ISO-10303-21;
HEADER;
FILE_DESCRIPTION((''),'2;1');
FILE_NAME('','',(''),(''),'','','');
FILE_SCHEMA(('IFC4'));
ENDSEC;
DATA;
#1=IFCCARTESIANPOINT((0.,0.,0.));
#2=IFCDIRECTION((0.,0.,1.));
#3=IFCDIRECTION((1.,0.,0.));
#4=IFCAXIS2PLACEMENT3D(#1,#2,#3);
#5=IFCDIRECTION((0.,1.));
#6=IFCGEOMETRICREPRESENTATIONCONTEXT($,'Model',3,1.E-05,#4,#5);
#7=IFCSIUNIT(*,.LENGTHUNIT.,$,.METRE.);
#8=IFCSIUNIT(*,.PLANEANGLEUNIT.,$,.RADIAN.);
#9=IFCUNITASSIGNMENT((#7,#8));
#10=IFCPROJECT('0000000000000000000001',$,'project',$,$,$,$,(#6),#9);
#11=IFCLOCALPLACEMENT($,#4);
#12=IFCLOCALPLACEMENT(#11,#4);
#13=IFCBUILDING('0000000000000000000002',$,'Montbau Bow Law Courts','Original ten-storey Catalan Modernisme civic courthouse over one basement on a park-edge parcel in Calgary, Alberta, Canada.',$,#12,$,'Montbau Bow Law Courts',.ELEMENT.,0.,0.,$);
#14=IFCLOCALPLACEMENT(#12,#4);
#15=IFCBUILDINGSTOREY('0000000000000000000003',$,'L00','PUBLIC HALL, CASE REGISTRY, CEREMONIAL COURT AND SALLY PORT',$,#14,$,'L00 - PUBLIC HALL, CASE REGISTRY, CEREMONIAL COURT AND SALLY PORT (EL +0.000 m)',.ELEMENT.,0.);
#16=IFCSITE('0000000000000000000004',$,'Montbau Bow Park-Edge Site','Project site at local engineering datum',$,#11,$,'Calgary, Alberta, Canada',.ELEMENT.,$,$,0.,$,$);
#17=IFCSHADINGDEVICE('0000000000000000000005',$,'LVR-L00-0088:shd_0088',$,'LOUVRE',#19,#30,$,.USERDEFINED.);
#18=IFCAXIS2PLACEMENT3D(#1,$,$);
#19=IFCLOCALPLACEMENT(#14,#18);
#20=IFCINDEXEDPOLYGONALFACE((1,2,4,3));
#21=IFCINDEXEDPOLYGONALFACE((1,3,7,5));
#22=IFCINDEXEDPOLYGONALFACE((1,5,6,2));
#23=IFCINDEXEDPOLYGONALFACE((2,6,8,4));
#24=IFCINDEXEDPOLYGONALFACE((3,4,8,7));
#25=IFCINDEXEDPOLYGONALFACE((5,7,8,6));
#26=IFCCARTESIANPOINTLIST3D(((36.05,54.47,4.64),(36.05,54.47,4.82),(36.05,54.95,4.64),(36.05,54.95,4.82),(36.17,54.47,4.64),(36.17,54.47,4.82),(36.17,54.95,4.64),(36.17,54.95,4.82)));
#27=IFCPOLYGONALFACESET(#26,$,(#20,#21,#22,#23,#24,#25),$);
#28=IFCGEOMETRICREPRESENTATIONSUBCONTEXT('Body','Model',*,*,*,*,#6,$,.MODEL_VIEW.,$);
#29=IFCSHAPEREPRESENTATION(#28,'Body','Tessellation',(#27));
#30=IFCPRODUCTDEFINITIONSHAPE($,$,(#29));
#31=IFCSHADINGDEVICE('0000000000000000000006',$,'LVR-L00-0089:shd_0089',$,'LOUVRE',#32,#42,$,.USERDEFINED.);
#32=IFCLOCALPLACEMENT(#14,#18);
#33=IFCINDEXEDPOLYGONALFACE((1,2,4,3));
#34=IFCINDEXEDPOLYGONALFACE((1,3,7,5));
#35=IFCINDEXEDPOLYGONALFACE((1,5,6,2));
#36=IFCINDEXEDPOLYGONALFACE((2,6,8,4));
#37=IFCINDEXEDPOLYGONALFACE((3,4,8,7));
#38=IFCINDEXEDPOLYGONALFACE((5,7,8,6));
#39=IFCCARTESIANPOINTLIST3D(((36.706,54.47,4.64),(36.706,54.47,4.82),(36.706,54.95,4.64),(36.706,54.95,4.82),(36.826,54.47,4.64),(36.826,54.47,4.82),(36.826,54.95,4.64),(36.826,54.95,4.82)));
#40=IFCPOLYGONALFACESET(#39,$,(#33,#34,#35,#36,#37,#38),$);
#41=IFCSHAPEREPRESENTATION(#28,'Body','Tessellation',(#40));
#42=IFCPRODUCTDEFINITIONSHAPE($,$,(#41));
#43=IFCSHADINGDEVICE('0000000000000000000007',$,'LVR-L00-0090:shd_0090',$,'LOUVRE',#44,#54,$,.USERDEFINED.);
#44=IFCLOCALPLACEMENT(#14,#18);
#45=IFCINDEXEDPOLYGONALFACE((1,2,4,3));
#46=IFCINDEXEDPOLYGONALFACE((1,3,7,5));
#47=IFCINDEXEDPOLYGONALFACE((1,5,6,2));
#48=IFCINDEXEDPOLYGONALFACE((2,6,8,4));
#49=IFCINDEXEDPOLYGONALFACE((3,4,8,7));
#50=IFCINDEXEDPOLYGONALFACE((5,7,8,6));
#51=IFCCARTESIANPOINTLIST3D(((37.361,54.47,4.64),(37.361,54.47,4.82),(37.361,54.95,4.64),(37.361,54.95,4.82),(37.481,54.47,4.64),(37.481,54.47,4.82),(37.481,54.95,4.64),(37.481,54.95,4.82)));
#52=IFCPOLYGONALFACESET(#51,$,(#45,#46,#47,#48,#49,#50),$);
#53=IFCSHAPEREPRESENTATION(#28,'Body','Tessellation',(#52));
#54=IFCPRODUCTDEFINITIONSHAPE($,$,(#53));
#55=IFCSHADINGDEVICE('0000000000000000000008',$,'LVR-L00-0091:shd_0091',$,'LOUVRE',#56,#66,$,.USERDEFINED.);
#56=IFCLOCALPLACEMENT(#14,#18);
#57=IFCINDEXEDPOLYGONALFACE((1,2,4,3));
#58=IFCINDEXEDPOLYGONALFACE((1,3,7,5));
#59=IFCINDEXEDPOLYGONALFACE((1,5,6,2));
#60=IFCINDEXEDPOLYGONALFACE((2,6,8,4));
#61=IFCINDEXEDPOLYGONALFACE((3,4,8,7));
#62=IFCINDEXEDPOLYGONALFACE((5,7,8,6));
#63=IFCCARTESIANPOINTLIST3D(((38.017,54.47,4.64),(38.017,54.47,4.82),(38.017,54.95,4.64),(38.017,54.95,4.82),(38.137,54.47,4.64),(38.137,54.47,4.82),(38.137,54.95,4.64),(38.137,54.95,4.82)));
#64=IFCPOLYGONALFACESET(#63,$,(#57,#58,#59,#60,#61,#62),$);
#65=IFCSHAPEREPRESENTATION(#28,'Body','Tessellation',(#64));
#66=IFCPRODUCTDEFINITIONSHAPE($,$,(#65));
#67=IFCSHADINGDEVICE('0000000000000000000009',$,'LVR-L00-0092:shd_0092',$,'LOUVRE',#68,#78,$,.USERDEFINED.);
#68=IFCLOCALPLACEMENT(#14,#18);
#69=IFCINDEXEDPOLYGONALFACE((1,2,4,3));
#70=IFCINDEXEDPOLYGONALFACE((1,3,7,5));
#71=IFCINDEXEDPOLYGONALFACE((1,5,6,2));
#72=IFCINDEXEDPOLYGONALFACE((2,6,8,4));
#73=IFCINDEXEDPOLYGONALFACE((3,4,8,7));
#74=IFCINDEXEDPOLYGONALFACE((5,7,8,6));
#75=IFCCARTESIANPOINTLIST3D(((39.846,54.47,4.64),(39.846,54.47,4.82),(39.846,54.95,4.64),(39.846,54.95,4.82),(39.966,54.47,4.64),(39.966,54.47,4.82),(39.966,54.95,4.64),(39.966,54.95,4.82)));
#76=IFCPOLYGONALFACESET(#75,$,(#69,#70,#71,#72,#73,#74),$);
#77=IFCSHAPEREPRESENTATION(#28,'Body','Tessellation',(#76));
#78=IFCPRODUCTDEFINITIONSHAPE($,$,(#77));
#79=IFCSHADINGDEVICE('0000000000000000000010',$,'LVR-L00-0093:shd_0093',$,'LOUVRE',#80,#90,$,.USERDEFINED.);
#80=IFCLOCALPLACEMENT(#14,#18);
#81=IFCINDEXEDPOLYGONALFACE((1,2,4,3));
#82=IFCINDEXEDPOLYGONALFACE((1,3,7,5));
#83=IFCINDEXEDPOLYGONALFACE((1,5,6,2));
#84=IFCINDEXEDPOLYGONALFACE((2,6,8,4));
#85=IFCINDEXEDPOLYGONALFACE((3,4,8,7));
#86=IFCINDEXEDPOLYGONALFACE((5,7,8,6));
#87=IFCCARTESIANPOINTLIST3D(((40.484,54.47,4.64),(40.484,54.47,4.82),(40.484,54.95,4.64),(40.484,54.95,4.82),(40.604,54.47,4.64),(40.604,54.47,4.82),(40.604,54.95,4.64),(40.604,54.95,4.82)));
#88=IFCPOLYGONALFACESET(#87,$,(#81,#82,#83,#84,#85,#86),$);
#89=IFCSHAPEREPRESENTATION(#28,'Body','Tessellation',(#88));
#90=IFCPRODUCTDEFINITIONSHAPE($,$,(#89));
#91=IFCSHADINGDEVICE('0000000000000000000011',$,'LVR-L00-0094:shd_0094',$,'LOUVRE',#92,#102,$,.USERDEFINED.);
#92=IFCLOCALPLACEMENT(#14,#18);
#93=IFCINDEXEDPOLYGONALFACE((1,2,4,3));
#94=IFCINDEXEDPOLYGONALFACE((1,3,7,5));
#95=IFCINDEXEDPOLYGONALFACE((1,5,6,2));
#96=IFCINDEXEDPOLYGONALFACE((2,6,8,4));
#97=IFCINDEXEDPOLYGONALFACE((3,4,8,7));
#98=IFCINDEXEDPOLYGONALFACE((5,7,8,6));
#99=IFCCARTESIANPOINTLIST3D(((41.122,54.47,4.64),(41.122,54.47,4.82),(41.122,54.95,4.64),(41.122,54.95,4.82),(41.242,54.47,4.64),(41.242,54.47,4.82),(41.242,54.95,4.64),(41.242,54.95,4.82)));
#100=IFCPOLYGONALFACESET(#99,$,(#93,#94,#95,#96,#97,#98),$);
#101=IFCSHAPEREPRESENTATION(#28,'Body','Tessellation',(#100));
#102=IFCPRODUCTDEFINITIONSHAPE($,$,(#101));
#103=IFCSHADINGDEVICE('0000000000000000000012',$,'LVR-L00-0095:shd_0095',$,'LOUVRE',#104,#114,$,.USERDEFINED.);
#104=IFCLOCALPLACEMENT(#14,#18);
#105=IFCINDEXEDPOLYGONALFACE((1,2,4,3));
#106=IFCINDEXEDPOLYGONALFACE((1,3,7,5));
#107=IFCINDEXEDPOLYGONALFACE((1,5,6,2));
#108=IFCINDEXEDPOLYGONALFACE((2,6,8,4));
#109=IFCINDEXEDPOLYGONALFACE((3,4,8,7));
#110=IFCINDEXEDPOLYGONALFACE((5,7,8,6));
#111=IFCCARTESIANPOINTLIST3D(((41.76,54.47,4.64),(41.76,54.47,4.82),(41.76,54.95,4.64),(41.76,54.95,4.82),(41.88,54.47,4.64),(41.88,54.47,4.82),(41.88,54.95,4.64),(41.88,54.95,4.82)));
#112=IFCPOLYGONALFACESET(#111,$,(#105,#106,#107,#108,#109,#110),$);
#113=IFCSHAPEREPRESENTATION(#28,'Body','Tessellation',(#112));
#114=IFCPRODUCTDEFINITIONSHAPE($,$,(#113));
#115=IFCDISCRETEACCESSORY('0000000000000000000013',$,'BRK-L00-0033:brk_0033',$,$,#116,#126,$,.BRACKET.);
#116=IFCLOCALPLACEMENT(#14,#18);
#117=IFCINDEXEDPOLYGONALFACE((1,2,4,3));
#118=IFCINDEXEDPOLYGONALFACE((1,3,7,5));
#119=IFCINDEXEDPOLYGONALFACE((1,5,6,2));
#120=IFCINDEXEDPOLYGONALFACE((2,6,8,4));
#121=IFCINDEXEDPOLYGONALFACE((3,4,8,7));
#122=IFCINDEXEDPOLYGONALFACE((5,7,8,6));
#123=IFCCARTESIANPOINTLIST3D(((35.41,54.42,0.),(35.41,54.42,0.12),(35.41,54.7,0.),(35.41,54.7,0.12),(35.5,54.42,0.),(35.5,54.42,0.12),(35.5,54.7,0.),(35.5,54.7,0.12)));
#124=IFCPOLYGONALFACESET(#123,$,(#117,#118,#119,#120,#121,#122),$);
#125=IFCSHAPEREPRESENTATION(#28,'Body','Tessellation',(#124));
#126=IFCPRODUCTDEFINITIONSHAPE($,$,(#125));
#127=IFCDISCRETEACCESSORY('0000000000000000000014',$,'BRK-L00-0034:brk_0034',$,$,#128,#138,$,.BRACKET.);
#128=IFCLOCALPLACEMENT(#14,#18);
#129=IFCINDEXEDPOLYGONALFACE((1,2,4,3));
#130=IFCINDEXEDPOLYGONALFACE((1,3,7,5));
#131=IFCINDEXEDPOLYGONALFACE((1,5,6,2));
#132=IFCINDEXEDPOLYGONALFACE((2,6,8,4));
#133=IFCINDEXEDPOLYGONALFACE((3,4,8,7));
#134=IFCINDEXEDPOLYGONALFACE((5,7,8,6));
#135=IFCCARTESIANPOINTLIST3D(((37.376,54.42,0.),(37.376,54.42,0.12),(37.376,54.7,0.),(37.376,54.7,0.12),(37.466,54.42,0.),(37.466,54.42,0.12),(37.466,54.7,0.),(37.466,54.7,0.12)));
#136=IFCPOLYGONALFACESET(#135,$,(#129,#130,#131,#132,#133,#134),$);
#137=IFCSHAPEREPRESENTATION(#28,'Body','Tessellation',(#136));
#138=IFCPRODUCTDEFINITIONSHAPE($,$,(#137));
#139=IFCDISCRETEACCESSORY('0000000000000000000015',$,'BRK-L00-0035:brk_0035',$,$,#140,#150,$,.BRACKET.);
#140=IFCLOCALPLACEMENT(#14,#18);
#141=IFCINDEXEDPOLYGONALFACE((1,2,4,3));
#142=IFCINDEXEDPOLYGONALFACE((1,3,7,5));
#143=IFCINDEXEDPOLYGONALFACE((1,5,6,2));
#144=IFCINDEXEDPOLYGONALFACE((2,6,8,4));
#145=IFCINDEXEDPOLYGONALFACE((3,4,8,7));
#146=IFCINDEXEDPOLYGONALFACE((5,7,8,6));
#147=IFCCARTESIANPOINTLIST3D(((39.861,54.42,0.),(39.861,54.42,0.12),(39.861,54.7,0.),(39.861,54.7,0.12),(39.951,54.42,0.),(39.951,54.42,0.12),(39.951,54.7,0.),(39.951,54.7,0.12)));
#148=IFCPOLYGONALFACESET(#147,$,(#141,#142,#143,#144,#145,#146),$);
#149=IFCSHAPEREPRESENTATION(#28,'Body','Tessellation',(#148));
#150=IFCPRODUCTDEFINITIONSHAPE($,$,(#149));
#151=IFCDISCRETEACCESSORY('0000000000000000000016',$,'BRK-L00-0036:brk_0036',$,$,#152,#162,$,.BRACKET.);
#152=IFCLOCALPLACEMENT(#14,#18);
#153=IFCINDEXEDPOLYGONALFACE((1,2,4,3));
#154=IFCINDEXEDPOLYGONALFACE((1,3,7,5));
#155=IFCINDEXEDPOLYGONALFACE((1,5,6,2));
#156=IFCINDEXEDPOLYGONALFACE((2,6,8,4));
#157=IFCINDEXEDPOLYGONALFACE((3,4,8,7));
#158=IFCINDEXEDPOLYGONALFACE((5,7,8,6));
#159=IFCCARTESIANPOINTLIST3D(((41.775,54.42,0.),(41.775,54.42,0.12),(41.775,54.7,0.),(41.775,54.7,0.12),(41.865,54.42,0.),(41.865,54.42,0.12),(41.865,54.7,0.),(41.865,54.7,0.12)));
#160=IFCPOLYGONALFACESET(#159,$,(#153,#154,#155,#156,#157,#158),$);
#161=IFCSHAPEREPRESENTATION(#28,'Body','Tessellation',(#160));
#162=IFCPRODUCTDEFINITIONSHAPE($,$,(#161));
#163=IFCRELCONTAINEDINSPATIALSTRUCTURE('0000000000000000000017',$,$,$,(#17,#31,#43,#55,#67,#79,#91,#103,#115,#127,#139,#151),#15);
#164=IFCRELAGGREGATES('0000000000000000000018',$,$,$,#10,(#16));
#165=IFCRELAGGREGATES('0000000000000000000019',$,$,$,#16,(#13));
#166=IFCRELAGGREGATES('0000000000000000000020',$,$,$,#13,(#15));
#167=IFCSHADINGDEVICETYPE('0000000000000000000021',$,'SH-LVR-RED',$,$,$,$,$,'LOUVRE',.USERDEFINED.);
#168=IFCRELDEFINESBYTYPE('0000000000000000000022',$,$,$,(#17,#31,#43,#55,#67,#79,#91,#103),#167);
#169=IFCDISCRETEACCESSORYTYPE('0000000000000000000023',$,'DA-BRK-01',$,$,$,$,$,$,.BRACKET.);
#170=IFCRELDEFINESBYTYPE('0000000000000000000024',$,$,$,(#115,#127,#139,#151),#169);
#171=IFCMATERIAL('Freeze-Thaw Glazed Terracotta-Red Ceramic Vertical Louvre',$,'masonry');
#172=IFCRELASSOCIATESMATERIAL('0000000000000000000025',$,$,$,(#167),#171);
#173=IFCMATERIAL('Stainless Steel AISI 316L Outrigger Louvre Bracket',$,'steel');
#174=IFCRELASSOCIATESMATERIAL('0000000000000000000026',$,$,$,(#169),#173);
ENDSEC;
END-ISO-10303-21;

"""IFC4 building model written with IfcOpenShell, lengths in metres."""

from ifc_helpers import new_model, si_unit, direction, frame, origin_with_axes, origin_2d_with_axis, place, context, subcontext, project, spatial, rectangle, extrude, material, type_object, element, save


model = new_model("IFC4")

# Units and contexts
model_context = context("Model", 3, precision=1e-05, world=origin_with_axes(), true_north=direction((0.0, 1.0)))
body_context = subcontext(model_context, "Body", "Model", "MODEL_VIEW")
ifc_project = project(units=[si_unit("LENGTHUNIT", "METRE"), si_unit("PLANEANGLEUNIT", "RADIAN")], contexts=[model_context])

# Site, building, storey
site_placement = place(None, origin_with_axes())
site = spatial("IfcSite", under=ifc_project, at=site_placement, Name="Montbau Bow Park-Edge Site", Description="Project site at local engineering datum", LongName="Calgary, Alberta, Canada", CompositionType="ELEMENT", RefElevation=0.0)
building_placement = place(site_placement, origin_with_axes())
building = spatial("IfcBuilding", under=site, at=building_placement, Name="Montbau Bow Law Courts", Description="Original ten-storey Catalan Modernisme civic courthouse over one basement on a park-edge parcel in Calgary, Alberta, Canada.", LongName="Montbau Bow Law Courts", CompositionType="ELEMENT", ElevationOfRefHeight=0.0, ElevationOfTerrain=0.0)
storey_placement = place(building_placement, origin_with_axes())
storey = spatial("IfcBuildingStorey", under=building, at=storey_placement, Name="L00", Description="PUBLIC HALL, CASE REGISTRY, CEREMONIAL COURT AND SALLY PORT", LongName="L00 - PUBLIC HALL, CASE REGISTRY, CEREMONIAL COURT AND SALLY PORT (EL +0.000 m)", CompositionType="ELEMENT", Elevation=0.0)

# Shared definitions
ifc_material_1 = material(Name="Freeze-Thaw Glazed Terracotta-Red Ceramic Vertical Louvre", Category="masonry")

# Shading devices
shading_device_type = type_object("IfcShadingDeviceType", Name="SH-LVR-RED", ElementType="LOUVRE", PredefinedType="USERDEFINED", material=ifc_material_1)
for number, where, z_axis, x_axis, name in (
    (1, (36.11, 54.71, 4.64), (0.0, 0.0, 1.0), (0.0, 1.0, 0.0), "LVR-L00-0088:shd_0088"),
    (2, (36.766, 54.71, 4.64), (0.0, 0.0, 1.0), (0.0, 1.0, 0.0), "LVR-L00-0089:shd_0089"),
    (3, (37.421, 54.71, 4.64), (0.0, 0.0, 1.0), (0.0, 1.0, 0.0), "LVR-L00-0090:shd_0090"),
    (4, (38.077, 54.71, 4.64), (0.0, 0.0, 1.0), (0.0, 1.0, 0.0), "LVR-L00-0091:shd_0091"),
    (5, (39.906, 54.71, 4.64), (0.0, 0.0, 1.0), (0.0, 1.0, 0.0), "LVR-L00-0092:shd_0092"),
    (6, (40.544, 54.71, 4.64), (0.0, 0.0, 1.0), (0.0, 1.0, 0.0), "LVR-L00-0093:shd_0093"),
    (7, (41.182, 54.71, 4.64), (0.0, 0.0, 1.0), (0.0, 1.0, 0.0), "LVR-L00-0094:shd_0094"),
    (8, (41.82, 54.71, 4.64), (0.0, 0.0, 1.0), (0.0, 1.0, 0.0), "LVR-L00-0095:shd_0095"),
):
    element("IfcShadingDevice", number, at=place(None, frame(where, z_axis=z_axis, x_axis=x_axis)), inside=storey, type_object=shading_device_type, Name=name, ObjectType="LOUVRE", PredefinedType="USERDEFINED", context=body_context, shape_type="SweptSolid", body=[
        extrude(rectangle(XDim=0.48, YDim=0.12, at=origin_2d_with_axis()), origin_with_axes(), (0.0, 0.0, 1.0), 0.18),
    ])

# Discrete accessories
ifc_material_2 = material(Name="Stainless Steel AISI 316L Outrigger Louvre Bracket", Category="steel")
discrete_accessory_type = type_object("IfcDiscreteAccessoryType", Name="DA-BRK-01", PredefinedType="BRACKET", material=ifc_material_2)
for number, where, z_axis, x_axis, name in (
    (9, (35.455, 54.56, 0.0), (0.0, 0.0, 1.0), (0.0, 1.0, 0.0), "BRK-L00-0033:brk_0033"),
    (10, (37.421, 54.56, 0.0), (0.0, 0.0, 1.0), (0.0, 1.0, 0.0), "BRK-L00-0034:brk_0034"),
    (11, (39.906, 54.56, 0.0), (0.0, 0.0, 1.0), (0.0, 1.0, 0.0), "BRK-L00-0035:brk_0035"),
    (12, (41.82, 54.56, 0.0), (0.0, 0.0, 1.0), (0.0, 1.0, 0.0), "BRK-L00-0036:brk_0036"),
):
    element("IfcDiscreteAccessory", number, at=place(None, frame(where, z_axis=z_axis, x_axis=x_axis)), inside=storey, type_object=discrete_accessory_type, Name=name, PredefinedType="BRACKET", context=body_context, shape_type="SweptSolid", body=[
        extrude(rectangle(XDim=0.28, YDim=0.09, at=origin_2d_with_axis()), origin_with_axes(), (0.0, 0.0, 1.0), 0.12),
    ])

save(model, "model.ifc")
